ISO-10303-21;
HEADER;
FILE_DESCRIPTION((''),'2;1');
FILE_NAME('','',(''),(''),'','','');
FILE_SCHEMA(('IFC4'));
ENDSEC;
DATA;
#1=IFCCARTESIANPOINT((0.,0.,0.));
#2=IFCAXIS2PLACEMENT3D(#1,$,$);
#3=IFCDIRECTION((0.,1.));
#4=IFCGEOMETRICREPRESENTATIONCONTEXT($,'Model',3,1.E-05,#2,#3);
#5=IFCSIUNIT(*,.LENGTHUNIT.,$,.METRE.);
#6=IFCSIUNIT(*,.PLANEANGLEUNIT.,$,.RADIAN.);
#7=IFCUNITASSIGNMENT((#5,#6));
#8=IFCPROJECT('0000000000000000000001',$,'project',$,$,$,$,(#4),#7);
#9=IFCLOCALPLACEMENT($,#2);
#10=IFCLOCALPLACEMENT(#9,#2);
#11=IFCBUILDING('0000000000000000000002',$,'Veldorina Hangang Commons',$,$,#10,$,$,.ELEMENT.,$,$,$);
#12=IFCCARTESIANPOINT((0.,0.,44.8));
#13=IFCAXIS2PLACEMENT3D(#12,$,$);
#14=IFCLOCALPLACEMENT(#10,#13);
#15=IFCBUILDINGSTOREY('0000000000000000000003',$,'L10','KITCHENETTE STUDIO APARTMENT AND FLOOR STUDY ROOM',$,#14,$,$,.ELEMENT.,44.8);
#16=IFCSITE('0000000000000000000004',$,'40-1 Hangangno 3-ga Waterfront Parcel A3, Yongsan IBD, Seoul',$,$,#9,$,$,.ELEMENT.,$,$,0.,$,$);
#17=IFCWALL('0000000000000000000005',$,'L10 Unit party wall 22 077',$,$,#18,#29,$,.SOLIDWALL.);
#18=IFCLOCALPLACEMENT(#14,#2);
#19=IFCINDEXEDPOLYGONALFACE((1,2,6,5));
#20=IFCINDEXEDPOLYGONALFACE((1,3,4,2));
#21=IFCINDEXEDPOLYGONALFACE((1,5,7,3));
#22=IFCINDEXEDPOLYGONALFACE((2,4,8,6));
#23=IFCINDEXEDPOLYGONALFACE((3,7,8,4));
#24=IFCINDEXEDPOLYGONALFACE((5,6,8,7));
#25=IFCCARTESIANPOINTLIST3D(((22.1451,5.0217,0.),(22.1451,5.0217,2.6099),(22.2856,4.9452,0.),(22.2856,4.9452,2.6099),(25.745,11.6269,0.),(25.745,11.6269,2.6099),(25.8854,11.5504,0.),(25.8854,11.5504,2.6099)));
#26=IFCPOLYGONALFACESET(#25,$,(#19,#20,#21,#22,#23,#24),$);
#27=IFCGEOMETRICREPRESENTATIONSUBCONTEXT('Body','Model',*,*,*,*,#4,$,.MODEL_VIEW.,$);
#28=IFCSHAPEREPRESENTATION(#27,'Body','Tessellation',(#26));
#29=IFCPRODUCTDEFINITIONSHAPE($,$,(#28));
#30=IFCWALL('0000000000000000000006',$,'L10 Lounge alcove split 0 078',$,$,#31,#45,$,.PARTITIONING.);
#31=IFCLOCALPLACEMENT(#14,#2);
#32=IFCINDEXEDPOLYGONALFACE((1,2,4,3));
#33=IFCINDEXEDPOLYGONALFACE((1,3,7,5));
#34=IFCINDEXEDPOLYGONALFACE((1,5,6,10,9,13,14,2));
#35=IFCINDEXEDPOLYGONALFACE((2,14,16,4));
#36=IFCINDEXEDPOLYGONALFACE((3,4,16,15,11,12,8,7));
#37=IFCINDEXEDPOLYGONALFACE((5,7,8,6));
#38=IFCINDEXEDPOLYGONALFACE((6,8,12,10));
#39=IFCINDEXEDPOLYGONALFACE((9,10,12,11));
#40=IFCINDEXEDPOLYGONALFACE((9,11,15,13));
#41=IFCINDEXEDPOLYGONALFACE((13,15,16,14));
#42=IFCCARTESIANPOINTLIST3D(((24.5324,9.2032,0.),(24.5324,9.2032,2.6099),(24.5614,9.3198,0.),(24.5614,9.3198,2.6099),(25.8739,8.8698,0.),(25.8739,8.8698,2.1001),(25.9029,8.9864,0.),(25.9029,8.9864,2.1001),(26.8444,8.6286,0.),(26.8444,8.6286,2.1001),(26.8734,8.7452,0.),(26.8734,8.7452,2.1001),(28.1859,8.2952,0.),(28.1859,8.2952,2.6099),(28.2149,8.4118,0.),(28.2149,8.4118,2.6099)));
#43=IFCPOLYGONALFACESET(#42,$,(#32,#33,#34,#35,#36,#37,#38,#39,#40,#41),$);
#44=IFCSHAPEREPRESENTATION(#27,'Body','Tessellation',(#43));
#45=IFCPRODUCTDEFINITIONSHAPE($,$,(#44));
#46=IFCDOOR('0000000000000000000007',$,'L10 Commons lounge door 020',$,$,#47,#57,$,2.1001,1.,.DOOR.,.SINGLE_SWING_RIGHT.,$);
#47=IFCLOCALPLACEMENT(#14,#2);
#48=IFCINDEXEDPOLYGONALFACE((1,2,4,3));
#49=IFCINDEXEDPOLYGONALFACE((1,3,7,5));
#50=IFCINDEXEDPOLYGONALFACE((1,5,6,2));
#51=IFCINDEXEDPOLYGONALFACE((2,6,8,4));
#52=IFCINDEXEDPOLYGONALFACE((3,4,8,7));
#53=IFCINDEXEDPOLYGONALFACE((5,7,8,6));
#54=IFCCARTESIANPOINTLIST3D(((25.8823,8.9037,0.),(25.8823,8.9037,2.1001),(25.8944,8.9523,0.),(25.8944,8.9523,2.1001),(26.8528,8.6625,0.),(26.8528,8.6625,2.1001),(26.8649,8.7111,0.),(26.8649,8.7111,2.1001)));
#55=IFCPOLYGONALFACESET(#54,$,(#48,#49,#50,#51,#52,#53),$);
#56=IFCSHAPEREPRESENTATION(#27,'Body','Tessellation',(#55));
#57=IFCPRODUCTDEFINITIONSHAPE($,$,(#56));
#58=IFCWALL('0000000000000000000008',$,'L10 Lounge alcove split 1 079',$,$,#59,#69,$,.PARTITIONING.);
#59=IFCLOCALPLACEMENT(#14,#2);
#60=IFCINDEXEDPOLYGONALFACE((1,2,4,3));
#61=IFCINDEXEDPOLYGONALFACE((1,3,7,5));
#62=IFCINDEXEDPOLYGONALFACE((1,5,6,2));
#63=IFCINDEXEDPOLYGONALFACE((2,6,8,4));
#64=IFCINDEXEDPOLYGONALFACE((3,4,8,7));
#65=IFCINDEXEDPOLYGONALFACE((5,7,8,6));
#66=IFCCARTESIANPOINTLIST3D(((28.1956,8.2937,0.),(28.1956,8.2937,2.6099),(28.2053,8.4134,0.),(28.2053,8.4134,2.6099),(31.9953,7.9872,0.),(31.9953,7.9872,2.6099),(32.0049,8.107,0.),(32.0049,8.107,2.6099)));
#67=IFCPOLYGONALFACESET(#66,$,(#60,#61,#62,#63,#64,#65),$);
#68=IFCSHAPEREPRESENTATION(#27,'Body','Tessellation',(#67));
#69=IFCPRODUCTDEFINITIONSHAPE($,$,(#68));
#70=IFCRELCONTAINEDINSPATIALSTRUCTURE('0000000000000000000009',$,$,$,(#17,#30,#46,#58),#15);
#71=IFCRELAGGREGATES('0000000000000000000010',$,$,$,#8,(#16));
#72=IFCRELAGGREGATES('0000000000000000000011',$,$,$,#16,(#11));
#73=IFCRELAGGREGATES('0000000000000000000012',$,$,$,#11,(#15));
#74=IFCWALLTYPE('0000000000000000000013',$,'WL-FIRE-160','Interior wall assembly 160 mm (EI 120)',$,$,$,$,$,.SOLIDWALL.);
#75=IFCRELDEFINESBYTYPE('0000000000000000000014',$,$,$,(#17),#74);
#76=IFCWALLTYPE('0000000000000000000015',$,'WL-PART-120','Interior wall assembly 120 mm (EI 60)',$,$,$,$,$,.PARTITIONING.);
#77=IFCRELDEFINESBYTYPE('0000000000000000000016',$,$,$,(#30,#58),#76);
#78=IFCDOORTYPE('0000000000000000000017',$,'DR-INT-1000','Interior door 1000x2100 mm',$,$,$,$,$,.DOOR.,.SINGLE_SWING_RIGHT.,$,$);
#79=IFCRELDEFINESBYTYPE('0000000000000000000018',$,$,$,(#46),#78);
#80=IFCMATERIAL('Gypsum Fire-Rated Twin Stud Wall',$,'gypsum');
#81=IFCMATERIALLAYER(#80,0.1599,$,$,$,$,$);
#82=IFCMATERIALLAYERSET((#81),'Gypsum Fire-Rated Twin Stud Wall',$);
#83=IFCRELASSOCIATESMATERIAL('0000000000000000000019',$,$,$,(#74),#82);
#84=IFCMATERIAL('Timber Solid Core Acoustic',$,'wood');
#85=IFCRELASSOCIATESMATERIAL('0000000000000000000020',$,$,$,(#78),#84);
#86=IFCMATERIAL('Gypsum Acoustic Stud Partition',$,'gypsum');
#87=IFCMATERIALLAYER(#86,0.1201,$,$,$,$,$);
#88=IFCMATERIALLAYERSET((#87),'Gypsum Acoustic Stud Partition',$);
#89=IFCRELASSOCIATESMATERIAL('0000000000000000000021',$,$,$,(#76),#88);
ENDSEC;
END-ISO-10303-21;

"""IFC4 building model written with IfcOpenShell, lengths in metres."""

from ifc_helpers import new_model, si_unit, direction, frame, frame_2d, origin, place, context, subcontext, project, spatial, rectangle, extrude, material, layer, layer_set, type_object, element, fill, save


model = new_model("IFC4")

# Units and contexts
model_context = context("Model", 3, precision=1e-05, world=origin(), true_north=direction((0.0, 1.0)))
body_context = subcontext(model_context, "Body", "Model", "MODEL_VIEW")
ifc_project = project(units=[si_unit("LENGTHUNIT", "METRE"), si_unit("PLANEANGLEUNIT", "RADIAN")], contexts=[model_context])

# Site, building, storey
site_placement = place(None, origin())
site = spatial("IfcSite", under=ifc_project, at=site_placement, Name="40-1 Hangangno 3-ga Waterfront Parcel A3, Yongsan IBD, Seoul", CompositionType="ELEMENT", RefElevation=0.0)
building_placement = place(site_placement, origin())
building = spatial("IfcBuilding", under=site, at=building_placement, Name="Veldorina Hangang Commons", CompositionType="ELEMENT")
storey_placement = place(building_placement, frame((0.0, 0.0, 44.8)))
storey = spatial("IfcBuildingStorey", under=building, at=storey_placement, Name="L10", Description="KITCHENETTE STUDIO APARTMENT AND FLOOR STUDY ROOM", CompositionType="ELEMENT", Elevation=44.8)

# Shared definitions
ifc_material_1 = material(Name="Gypsum Fire-Rated Twin Stud Wall", Category="gypsum")
ifc_layer_1 = layer(ifc_material_1, 0.1599)
ifc_layer_set_1 = layer_set([ifc_layer_1], Name="Gypsum Fire-Rated Twin Stud Wall")
wall_type_1 = type_object("IfcWallType", Name="WL-FIRE-160", Description="Interior wall assembly 160 mm (EI 120)", PredefinedType="SOLIDWALL", material=ifc_layer_set_1)

# Shared definitions
ifc_material_2 = material(Name="Timber Solid Core Acoustic", Category="wood")
door_type_1 = type_object("IfcDoorType", Name="DR-INT-1000", Description="Interior door 1000x2100 mm", OperationType="SINGLE_SWING_RIGHT", PredefinedType="DOOR", material=ifc_material_2)

# Wall
wall_1_placement = place(storey_placement, frame((25.8152, 11.5886, 0.0), z_axis=(0.0, 0.0, 1.0), x_axis=(-0.478545, -0.878063, 0.0)))
element("IfcWall", 1, at=wall_1_placement, inside=storey, type_object=wall_type_1, Name="L10 Unit party wall 22 077", PredefinedType="SOLIDWALL", context=body_context, shape_type="SweptSolid", body=[
    extrude(rectangle(XDim=7.5225, YDim=0.1599, at=frame_2d((3.7612, 0.0))), origin(), (0.0, 0.0, 1.0), 2.6099),
])

# Wall, opening, door
ifc_material_3 = material(Name="Gypsum Acoustic Stud Partition", Category="gypsum")
ifc_layer_2 = layer(ifc_material_3, 0.1201)
ifc_layer_set_2 = layer_set([ifc_layer_2], Name="Gypsum Acoustic Stud Partition")
wall_type_2 = type_object("IfcWallType", Name="WL-PART-120", Description="Interior wall assembly 120 mm (EI 60)", PredefinedType="PARTITIONING", material=ifc_layer_set_2)
wall_2_placement = place(storey_placement, frame((24.5469, 9.2615, 0.0), z_axis=(0.0, 0.0, 1.0), x_axis=(0.970481, -0.241177, 0.0)))
wall_2 = element("IfcWall", 2, at=wall_2_placement, inside=storey, type_object=wall_type_2, Name="L10 Lounge alcove split 0 078", PredefinedType="PARTITIONING", context=body_context, shape_type="SweptSolid", body=[
    extrude(rectangle(XDim=3.7646, YDim=0.1201, at=frame_2d((1.8823, 0.0))), origin(), (0.0, 0.0, 1.0), 2.6099),
])
opening_1_placement = place(wall_2_placement, frame((1.3823, 0.0, 0.0)))
opening_1 = element("IfcOpeningElement", 3, at=opening_1_placement, cuts=wall_2, PredefinedType="OPENING", context=body_context, shape_type="SweptSolid", body=[
    extrude(rectangle(XDim=1.0, YDim=2.1001, at=frame_2d((0.5, 1.05))), frame((0.0, 0.0701, 0.0), z_axis=(0.0, -1.0, 0.0), x_axis=(1.0, 0.0, 0.0)), (0.0, 0.0, 1.0), 0.1401),
])
door_1_placement = place(opening_1_placement, origin())
door_1 = element("IfcDoor", 4, at=door_1_placement, inside=storey, type_object=door_type_1, Name="L10 Commons lounge door 020", OperationType="SINGLE_SWING_RIGHT", OverallHeight=2.1001, OverallWidth=1.0, PredefinedType="DOOR", context=body_context, shape_type="SweptSolid", body=[
    extrude(rectangle(XDim=1.0, YDim=2.1001, at=frame_2d((0.5, 1.05))), frame((0.0, 0.0249, 0.0), z_axis=(0.0, -1.0, 0.0), x_axis=(1.0, 0.0, 0.0)), (0.0, 0.0, 1.0), 0.05),
])
fill(opening_1, door_1)

# Wall
wall_3_placement = place(storey_placement, frame((28.2004, 8.3535, 0.0), z_axis=(0.0, 0.0, 1.0), x_axis=(0.996764, -0.080379, 0.0)))
element("IfcWall", 5, at=wall_3_placement, inside=storey, type_object=wall_type_2, Name="L10 Lounge alcove split 1 079", PredefinedType="PARTITIONING", context=body_context, shape_type="SweptSolid", body=[
    extrude(rectangle(XDim=3.812, YDim=0.1201, at=frame_2d((1.906, 0.0))), origin(), (0.0, 0.0, 1.0), 2.6099),
])

save(model, "model.ifc")
